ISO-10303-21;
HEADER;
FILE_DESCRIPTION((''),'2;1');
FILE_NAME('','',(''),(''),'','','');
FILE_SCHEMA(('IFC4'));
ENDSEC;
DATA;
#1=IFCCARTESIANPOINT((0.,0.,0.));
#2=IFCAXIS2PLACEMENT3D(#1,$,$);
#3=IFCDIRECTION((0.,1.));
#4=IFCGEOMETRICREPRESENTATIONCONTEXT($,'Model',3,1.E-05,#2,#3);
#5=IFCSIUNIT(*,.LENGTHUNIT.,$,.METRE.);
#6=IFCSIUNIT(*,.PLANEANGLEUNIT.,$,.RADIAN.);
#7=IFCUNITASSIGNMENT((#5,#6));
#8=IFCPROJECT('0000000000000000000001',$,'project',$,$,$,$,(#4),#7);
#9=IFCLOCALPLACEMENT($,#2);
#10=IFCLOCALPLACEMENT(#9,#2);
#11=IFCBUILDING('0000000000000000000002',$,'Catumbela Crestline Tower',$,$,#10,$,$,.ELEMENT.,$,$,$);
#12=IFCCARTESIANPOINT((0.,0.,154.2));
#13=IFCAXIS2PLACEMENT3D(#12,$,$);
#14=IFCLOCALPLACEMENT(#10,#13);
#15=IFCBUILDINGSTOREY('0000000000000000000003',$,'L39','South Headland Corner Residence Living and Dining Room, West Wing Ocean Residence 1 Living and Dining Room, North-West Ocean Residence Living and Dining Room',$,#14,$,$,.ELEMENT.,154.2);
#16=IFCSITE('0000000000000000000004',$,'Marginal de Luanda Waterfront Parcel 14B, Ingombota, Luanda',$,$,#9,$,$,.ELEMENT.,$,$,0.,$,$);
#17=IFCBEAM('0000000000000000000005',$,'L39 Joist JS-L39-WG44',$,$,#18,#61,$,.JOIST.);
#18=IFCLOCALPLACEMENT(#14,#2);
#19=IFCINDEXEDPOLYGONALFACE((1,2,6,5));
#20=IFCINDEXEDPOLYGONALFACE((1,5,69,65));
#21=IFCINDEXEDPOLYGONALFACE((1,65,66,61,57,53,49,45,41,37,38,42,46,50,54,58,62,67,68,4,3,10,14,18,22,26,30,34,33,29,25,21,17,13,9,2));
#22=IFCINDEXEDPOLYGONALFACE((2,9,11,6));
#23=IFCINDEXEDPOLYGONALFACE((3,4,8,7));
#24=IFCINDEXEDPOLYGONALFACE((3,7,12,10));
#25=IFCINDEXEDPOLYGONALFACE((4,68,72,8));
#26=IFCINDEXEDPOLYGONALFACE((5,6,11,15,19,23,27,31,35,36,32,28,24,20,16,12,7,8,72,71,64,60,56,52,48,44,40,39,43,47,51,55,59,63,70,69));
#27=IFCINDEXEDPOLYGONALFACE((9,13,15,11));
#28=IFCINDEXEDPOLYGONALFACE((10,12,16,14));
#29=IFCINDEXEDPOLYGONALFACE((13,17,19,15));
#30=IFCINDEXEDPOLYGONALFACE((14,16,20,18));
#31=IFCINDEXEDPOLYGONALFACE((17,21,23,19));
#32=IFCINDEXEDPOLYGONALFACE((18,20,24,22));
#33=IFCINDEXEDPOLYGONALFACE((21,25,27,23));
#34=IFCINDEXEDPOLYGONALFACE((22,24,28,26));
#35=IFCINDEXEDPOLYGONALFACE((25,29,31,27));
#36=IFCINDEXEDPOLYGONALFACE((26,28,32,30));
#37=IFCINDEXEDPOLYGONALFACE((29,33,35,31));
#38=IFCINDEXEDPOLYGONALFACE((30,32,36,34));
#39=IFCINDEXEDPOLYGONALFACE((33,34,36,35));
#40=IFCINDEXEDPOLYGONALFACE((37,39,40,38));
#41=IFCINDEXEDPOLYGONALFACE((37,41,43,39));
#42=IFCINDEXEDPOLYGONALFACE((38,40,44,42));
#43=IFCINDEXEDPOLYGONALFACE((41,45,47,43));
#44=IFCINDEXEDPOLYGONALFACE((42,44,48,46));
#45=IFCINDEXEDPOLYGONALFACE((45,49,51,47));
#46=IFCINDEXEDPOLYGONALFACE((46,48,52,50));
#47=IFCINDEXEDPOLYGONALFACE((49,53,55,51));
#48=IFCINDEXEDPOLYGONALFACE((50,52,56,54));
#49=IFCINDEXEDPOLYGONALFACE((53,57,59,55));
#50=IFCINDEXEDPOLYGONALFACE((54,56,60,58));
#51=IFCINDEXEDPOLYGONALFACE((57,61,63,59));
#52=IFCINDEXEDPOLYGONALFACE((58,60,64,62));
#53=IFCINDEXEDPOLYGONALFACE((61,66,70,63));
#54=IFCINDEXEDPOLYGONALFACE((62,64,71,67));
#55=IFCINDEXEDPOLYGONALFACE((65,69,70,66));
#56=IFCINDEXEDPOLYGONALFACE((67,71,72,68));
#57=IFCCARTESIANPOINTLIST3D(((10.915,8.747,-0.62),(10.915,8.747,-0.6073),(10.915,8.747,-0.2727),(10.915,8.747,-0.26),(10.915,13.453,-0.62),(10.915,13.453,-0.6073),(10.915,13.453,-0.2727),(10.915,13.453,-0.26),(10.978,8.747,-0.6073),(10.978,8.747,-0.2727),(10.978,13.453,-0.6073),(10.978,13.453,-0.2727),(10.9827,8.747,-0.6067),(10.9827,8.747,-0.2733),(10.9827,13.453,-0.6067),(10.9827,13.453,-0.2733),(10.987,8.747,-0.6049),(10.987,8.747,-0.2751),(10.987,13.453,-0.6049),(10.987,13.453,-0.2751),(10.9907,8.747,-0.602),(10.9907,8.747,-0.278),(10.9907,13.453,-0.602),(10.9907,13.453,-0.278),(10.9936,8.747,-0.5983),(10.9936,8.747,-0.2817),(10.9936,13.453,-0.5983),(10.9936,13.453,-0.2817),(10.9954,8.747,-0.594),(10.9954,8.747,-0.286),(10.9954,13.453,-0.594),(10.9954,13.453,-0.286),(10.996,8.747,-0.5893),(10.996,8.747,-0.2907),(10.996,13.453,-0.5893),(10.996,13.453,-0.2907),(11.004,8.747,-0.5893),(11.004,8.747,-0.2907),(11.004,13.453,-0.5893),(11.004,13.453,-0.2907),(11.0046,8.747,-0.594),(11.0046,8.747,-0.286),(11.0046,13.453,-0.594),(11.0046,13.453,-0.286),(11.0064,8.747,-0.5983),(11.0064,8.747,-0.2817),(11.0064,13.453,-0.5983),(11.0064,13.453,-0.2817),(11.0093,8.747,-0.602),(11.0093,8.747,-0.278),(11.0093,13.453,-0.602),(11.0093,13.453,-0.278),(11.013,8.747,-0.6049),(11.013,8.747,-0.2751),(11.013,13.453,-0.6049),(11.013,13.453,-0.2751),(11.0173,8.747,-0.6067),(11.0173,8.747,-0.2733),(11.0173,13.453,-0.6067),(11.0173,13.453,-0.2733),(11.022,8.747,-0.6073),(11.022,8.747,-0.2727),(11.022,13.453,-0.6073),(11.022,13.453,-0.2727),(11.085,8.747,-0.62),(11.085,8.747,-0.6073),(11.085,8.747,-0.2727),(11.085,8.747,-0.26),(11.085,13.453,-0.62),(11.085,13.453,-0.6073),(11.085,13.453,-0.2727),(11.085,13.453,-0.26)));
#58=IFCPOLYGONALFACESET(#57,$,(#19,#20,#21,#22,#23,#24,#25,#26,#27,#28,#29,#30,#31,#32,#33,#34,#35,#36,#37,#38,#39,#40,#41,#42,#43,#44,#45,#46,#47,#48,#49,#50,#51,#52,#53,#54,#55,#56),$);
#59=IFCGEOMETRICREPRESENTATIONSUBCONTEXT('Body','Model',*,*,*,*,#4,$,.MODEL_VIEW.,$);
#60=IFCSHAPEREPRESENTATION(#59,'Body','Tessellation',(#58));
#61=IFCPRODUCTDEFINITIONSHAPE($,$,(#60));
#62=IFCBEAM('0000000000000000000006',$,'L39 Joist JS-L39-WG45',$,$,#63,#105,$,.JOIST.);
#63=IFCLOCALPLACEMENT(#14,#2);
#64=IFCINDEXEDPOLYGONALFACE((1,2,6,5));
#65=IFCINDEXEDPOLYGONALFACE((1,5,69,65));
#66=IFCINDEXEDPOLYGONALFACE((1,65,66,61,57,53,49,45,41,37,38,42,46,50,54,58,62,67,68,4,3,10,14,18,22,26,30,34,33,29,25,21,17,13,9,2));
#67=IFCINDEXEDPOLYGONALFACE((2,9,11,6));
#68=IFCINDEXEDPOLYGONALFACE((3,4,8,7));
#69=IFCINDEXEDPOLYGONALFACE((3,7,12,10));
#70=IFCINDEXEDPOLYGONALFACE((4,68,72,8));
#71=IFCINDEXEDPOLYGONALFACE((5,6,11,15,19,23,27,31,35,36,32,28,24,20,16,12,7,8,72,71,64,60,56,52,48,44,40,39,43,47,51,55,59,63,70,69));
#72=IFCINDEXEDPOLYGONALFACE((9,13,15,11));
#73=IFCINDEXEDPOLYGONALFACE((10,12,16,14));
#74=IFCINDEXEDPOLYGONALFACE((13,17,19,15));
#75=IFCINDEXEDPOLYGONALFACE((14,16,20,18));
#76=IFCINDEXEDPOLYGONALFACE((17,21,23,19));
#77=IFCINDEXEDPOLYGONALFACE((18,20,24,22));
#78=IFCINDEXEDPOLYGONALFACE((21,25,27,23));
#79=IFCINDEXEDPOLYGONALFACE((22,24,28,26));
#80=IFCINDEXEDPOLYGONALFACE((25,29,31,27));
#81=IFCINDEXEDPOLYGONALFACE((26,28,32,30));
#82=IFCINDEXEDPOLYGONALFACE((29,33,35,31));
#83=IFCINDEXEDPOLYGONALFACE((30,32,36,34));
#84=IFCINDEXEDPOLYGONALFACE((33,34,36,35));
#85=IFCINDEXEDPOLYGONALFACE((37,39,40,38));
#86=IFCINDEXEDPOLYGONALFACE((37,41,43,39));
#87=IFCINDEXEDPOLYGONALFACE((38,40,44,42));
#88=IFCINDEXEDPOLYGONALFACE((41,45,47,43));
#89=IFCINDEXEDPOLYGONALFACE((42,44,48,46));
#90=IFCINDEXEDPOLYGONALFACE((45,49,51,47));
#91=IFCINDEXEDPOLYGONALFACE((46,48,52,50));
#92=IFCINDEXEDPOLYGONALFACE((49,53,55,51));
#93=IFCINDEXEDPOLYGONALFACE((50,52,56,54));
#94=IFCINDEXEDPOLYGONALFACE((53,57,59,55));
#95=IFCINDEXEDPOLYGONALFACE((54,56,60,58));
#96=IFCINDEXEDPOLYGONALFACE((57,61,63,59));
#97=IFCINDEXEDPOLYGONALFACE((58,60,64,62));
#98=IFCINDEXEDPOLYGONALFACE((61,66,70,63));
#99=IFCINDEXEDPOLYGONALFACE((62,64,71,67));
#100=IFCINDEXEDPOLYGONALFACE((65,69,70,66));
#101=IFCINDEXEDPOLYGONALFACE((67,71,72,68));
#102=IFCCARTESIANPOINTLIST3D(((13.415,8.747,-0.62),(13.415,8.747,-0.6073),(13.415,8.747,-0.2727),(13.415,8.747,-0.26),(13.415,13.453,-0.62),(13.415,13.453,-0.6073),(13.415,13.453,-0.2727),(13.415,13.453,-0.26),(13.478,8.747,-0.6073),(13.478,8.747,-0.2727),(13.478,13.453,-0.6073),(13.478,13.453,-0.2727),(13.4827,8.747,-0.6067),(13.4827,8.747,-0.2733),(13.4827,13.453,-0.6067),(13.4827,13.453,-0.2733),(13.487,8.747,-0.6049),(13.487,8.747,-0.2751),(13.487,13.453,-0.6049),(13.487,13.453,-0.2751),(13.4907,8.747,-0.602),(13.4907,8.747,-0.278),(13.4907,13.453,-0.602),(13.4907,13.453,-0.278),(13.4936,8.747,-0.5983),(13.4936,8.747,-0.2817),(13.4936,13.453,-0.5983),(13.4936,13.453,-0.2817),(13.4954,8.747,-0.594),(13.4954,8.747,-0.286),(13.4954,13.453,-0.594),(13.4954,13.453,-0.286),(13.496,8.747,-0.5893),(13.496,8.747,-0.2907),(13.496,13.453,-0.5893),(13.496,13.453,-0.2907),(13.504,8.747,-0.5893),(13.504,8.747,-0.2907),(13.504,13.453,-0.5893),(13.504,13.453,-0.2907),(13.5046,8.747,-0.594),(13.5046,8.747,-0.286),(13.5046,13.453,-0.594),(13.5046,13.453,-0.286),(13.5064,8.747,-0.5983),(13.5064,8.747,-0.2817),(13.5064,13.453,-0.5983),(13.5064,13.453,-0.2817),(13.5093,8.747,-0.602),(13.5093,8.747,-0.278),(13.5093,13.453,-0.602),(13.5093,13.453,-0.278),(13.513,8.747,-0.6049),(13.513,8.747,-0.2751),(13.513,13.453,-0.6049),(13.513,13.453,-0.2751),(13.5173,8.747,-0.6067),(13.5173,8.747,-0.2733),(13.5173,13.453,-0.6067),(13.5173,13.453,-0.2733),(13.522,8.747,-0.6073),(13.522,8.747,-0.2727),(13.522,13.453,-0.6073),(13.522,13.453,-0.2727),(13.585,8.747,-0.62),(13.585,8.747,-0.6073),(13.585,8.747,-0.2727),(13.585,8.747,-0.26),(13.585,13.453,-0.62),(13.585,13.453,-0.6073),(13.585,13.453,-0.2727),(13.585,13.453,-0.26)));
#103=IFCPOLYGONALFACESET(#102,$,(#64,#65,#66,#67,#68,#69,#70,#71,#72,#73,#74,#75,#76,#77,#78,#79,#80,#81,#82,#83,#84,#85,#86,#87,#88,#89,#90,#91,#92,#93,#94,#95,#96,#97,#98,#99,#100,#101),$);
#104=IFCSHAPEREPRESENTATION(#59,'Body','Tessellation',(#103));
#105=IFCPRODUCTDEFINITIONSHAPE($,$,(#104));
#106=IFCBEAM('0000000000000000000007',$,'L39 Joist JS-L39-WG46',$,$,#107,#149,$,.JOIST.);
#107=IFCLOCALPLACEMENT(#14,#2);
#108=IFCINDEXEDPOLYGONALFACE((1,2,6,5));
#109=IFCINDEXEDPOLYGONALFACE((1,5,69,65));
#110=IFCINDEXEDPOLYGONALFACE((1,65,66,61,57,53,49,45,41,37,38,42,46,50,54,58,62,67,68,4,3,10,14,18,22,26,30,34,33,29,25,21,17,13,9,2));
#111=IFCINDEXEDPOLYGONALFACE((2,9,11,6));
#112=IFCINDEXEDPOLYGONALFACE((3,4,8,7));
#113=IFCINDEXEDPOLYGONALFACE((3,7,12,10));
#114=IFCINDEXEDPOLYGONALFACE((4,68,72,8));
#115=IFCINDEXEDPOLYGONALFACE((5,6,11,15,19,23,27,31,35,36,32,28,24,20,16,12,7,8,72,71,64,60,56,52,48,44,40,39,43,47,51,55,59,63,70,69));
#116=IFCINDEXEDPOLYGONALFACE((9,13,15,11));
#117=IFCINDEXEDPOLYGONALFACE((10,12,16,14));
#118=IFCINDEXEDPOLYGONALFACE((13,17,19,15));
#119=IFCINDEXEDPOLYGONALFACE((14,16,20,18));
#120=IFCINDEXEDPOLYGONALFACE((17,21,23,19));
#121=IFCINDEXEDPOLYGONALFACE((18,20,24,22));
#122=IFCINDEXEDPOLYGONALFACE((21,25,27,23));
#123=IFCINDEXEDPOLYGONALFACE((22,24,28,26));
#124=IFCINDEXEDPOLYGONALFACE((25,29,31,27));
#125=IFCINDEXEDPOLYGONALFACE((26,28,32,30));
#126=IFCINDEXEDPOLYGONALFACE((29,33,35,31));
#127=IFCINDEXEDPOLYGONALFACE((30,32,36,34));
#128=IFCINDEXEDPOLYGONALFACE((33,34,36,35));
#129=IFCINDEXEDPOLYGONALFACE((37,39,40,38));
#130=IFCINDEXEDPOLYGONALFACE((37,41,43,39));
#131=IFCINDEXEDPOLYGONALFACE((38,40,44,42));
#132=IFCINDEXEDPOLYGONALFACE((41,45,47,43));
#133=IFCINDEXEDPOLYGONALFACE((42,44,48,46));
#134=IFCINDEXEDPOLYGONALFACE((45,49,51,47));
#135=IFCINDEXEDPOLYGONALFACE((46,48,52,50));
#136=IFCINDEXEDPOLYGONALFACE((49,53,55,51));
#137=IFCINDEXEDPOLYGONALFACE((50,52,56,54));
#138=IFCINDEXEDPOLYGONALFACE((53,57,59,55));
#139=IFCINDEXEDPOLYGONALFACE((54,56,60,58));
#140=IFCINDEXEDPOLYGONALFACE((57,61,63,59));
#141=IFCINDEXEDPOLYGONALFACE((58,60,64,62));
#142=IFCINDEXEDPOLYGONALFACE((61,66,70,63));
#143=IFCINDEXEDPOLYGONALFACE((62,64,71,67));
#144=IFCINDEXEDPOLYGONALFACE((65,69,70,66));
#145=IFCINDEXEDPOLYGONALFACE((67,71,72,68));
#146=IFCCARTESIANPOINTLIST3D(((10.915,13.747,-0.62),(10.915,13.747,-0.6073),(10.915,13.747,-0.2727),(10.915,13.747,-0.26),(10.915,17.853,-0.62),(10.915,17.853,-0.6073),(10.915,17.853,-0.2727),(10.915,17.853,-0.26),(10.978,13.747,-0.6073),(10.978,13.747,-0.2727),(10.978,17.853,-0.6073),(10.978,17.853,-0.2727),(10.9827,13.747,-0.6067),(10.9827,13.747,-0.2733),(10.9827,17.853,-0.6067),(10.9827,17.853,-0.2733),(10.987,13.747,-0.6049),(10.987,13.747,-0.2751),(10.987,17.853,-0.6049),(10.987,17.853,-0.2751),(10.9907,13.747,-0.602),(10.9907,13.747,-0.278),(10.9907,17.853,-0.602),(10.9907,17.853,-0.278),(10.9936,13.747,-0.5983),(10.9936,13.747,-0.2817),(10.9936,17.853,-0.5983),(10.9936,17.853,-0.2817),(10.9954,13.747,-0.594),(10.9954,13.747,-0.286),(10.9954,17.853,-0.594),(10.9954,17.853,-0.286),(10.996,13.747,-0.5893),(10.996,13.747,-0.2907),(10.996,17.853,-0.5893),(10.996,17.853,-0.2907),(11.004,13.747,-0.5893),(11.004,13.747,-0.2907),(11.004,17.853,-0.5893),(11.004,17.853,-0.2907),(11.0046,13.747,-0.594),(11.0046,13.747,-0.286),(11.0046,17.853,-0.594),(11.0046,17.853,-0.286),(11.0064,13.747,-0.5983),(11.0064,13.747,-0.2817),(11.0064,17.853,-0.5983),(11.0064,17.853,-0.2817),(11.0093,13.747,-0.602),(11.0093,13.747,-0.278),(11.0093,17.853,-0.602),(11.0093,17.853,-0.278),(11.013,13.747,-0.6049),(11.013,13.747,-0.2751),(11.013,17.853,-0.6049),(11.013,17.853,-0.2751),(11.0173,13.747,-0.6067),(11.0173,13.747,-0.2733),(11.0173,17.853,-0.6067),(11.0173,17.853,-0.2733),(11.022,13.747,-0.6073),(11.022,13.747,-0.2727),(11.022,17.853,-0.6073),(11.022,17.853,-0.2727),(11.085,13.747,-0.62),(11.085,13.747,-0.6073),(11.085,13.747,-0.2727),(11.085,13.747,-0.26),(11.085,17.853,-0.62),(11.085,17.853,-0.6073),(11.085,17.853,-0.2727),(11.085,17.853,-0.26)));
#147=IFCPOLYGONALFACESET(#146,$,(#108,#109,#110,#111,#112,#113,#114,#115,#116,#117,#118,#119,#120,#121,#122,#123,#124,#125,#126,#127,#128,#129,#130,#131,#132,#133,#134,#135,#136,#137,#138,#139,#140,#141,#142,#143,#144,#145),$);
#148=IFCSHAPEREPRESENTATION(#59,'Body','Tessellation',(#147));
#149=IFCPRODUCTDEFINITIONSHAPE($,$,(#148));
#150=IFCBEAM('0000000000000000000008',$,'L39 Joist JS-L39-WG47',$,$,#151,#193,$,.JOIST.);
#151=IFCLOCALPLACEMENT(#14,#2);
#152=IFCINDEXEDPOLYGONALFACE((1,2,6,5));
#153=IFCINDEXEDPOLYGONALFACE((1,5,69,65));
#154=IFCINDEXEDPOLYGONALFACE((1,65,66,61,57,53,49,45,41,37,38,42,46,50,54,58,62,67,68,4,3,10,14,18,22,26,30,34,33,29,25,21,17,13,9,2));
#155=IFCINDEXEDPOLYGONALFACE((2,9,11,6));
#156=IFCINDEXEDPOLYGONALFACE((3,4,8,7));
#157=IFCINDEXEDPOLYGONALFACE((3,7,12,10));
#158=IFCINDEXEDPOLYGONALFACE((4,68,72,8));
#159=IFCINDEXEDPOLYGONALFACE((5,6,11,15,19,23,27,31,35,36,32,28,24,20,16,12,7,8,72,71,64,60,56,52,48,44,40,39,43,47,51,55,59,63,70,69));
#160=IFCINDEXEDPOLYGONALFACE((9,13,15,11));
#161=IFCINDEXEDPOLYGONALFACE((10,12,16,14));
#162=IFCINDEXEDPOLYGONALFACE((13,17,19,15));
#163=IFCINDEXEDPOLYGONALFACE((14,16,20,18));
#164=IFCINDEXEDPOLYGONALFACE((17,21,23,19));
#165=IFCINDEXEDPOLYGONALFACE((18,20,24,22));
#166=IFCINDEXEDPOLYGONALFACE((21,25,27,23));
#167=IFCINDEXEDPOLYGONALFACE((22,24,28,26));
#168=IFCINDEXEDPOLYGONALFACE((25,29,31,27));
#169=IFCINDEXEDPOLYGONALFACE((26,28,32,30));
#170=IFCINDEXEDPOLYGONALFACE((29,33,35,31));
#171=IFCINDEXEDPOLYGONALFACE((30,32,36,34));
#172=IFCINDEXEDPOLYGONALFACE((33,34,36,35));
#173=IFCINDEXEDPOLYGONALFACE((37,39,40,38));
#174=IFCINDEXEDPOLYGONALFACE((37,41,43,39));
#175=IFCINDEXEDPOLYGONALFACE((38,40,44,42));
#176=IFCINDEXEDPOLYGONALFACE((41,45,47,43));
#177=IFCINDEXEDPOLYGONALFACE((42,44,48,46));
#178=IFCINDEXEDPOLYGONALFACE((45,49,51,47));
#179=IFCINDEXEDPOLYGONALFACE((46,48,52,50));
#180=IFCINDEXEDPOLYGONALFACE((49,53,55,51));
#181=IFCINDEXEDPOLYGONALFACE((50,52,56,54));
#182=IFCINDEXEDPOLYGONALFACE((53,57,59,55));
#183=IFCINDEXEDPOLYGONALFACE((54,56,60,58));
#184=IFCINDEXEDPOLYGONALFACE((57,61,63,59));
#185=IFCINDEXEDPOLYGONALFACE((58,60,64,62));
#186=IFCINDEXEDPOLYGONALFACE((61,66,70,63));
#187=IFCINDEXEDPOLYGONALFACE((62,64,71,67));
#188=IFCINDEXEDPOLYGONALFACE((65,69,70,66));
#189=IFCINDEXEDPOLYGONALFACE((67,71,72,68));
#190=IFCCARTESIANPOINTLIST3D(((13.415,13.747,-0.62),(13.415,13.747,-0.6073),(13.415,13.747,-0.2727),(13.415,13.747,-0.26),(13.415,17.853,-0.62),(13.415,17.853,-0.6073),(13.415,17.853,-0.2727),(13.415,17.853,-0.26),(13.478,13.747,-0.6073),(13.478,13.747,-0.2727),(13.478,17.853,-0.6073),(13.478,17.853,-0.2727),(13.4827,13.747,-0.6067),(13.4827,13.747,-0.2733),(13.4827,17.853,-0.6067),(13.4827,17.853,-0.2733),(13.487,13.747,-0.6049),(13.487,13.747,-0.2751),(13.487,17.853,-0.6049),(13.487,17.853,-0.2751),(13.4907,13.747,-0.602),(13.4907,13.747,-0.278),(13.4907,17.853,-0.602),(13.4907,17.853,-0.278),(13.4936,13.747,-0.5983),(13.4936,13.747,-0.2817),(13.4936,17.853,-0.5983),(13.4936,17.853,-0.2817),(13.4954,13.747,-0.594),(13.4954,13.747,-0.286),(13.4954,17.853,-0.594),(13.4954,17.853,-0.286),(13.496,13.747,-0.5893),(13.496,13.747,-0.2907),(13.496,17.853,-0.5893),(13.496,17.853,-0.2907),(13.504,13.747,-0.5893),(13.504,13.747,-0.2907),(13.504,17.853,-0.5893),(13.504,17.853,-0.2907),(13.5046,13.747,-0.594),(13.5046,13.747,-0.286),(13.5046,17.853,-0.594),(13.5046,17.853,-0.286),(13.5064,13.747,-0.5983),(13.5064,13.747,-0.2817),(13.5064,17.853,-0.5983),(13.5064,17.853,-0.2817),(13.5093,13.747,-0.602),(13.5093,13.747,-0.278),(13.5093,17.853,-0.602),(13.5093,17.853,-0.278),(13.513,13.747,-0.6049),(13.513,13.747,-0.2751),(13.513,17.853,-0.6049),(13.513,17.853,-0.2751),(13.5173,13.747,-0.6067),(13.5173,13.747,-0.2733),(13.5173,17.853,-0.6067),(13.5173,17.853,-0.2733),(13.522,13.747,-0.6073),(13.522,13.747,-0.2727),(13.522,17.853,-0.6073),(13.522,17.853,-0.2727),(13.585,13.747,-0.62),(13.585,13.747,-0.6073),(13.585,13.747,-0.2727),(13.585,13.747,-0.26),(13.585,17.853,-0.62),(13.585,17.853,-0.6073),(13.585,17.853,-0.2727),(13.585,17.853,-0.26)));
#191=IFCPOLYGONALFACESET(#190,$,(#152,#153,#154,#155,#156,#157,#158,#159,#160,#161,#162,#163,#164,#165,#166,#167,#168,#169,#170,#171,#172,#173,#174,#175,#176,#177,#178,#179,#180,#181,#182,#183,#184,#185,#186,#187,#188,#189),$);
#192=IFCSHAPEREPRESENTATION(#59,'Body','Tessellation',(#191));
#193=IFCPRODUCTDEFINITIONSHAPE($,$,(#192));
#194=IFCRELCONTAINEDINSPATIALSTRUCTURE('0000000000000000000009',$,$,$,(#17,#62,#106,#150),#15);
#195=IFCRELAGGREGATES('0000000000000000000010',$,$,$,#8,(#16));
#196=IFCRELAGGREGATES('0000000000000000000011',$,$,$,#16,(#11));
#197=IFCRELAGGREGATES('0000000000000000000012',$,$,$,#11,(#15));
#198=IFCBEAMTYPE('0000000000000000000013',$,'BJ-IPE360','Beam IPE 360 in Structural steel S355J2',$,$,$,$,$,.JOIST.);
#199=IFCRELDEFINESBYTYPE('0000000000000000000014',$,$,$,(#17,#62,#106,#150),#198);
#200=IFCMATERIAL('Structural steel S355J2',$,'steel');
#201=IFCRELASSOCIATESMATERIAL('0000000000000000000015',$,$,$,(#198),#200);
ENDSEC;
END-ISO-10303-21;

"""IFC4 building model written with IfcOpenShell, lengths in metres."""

from ifc_helpers import new_model, si_unit, direction, frame, origin, origin_2d, place, context, subcontext, project, spatial, i_section, extrude, material, material_profile, profile_set, type_object, element, save


model = new_model("IFC4")

# Units and contexts
model_context = context("Model", 3, precision=1e-05, world=origin(), true_north=direction((0.0, 1.0)))
body_context = subcontext(model_context, "Body", "Model", "MODEL_VIEW")
ifc_project = project(units=[si_unit("LENGTHUNIT", "METRE"), si_unit("PLANEANGLEUNIT", "RADIAN")], contexts=[model_context])

# Site, building, storey
site_placement = place(None, origin())
site = spatial("IfcSite", under=ifc_project, at=site_placement, Name="Marginal de Luanda Waterfront Parcel 14B, Ingombota, Luanda", CompositionType="ELEMENT", RefElevation=0.0)
building_placement = place(site_placement, origin())
building = spatial("IfcBuilding", under=site, at=building_placement, Name="Catumbela Crestline Tower", CompositionType="ELEMENT")
storey_placement = place(building_placement, frame((0.0, 0.0, 154.2)))
storey = spatial("IfcBuildingStorey", under=building, at=storey_placement, Name="L39", Description="South Headland Corner Residence Living and Dining Room, West Wing Ocean Residence 1 Living and Dining Room, North-West Ocean Residence Living and Dining Room", CompositionType="ELEMENT", Elevation=154.2)

# Shared definitions
ifc_material_1 = material(Name="Structural steel S355J2", Category="steel")

# Beams
ifc_material_profile_1 = material_profile(ifc_material_1, i_section(OverallWidth=0.17, OverallDepth=0.36, WebThickness=0.008, FlangeThickness=0.0127, FilletRadius=0.018, at=origin_2d()), Name="IPE 360")
ifc_profile_set_1 = profile_set([ifc_material_profile_1], Name="Structural steel S355J2")
beam_type_1 = type_object("IfcBeamType", Name="BJ-IPE360", Description="Beam IPE 360 in Structural steel S355J2", PredefinedType="JOIST", material=ifc_profile_set_1)
for number, where, z_axis, x_axis, name in (
    (1, (11.0, 8.747, -0.44), (0.0, 1.0, 0.0), (-1.0, 0.0, 0.0), "L39 Joist JS-L39-WG44"),
    (2, (13.5, 8.747, -0.44), (0.0, 1.0, 0.0), (-1.0, 0.0, 0.0), "L39 Joist JS-L39-WG45"),
):
    element("IfcBeam", number, at=place(storey_placement, frame(where, z_axis=z_axis, x_axis=x_axis)), inside=storey, type_object=beam_type_1, Name=name, PredefinedType="JOIST", context=body_context, shape_type="SweptSolid", body=[
        extrude(i_section(OverallWidth=0.17, OverallDepth=0.36, WebThickness=0.008, FlangeThickness=0.0127, FilletRadius=0.018, at=origin_2d()), origin(), (0.0, 0.0, 1.0), 4.706),
    ])
for number, where, z_axis, x_axis, name in (
    (3, (11.0, 13.747, -0.44), (0.0, 1.0, 0.0), (-1.0, 0.0, 0.0), "L39 Joist JS-L39-WG46"),
    (4, (13.5, 13.747, -0.44), (0.0, 1.0, 0.0), (-1.0, 0.0, 0.0), "L39 Joist JS-L39-WG47"),
):
    element("IfcBeam", number, at=place(storey_placement, frame(where, z_axis=z_axis, x_axis=x_axis)), inside=storey, type_object=beam_type_1, Name=name, PredefinedType="JOIST", context=body_context, shape_type="SweptSolid", body=[
        extrude(i_section(OverallWidth=0.17, OverallDepth=0.36, WebThickness=0.008, FlangeThickness=0.0127, FilletRadius=0.018, at=origin_2d()), origin(), (0.0, 0.0, 1.0), 4.106),
    ])

save(model, "model.ifc")
